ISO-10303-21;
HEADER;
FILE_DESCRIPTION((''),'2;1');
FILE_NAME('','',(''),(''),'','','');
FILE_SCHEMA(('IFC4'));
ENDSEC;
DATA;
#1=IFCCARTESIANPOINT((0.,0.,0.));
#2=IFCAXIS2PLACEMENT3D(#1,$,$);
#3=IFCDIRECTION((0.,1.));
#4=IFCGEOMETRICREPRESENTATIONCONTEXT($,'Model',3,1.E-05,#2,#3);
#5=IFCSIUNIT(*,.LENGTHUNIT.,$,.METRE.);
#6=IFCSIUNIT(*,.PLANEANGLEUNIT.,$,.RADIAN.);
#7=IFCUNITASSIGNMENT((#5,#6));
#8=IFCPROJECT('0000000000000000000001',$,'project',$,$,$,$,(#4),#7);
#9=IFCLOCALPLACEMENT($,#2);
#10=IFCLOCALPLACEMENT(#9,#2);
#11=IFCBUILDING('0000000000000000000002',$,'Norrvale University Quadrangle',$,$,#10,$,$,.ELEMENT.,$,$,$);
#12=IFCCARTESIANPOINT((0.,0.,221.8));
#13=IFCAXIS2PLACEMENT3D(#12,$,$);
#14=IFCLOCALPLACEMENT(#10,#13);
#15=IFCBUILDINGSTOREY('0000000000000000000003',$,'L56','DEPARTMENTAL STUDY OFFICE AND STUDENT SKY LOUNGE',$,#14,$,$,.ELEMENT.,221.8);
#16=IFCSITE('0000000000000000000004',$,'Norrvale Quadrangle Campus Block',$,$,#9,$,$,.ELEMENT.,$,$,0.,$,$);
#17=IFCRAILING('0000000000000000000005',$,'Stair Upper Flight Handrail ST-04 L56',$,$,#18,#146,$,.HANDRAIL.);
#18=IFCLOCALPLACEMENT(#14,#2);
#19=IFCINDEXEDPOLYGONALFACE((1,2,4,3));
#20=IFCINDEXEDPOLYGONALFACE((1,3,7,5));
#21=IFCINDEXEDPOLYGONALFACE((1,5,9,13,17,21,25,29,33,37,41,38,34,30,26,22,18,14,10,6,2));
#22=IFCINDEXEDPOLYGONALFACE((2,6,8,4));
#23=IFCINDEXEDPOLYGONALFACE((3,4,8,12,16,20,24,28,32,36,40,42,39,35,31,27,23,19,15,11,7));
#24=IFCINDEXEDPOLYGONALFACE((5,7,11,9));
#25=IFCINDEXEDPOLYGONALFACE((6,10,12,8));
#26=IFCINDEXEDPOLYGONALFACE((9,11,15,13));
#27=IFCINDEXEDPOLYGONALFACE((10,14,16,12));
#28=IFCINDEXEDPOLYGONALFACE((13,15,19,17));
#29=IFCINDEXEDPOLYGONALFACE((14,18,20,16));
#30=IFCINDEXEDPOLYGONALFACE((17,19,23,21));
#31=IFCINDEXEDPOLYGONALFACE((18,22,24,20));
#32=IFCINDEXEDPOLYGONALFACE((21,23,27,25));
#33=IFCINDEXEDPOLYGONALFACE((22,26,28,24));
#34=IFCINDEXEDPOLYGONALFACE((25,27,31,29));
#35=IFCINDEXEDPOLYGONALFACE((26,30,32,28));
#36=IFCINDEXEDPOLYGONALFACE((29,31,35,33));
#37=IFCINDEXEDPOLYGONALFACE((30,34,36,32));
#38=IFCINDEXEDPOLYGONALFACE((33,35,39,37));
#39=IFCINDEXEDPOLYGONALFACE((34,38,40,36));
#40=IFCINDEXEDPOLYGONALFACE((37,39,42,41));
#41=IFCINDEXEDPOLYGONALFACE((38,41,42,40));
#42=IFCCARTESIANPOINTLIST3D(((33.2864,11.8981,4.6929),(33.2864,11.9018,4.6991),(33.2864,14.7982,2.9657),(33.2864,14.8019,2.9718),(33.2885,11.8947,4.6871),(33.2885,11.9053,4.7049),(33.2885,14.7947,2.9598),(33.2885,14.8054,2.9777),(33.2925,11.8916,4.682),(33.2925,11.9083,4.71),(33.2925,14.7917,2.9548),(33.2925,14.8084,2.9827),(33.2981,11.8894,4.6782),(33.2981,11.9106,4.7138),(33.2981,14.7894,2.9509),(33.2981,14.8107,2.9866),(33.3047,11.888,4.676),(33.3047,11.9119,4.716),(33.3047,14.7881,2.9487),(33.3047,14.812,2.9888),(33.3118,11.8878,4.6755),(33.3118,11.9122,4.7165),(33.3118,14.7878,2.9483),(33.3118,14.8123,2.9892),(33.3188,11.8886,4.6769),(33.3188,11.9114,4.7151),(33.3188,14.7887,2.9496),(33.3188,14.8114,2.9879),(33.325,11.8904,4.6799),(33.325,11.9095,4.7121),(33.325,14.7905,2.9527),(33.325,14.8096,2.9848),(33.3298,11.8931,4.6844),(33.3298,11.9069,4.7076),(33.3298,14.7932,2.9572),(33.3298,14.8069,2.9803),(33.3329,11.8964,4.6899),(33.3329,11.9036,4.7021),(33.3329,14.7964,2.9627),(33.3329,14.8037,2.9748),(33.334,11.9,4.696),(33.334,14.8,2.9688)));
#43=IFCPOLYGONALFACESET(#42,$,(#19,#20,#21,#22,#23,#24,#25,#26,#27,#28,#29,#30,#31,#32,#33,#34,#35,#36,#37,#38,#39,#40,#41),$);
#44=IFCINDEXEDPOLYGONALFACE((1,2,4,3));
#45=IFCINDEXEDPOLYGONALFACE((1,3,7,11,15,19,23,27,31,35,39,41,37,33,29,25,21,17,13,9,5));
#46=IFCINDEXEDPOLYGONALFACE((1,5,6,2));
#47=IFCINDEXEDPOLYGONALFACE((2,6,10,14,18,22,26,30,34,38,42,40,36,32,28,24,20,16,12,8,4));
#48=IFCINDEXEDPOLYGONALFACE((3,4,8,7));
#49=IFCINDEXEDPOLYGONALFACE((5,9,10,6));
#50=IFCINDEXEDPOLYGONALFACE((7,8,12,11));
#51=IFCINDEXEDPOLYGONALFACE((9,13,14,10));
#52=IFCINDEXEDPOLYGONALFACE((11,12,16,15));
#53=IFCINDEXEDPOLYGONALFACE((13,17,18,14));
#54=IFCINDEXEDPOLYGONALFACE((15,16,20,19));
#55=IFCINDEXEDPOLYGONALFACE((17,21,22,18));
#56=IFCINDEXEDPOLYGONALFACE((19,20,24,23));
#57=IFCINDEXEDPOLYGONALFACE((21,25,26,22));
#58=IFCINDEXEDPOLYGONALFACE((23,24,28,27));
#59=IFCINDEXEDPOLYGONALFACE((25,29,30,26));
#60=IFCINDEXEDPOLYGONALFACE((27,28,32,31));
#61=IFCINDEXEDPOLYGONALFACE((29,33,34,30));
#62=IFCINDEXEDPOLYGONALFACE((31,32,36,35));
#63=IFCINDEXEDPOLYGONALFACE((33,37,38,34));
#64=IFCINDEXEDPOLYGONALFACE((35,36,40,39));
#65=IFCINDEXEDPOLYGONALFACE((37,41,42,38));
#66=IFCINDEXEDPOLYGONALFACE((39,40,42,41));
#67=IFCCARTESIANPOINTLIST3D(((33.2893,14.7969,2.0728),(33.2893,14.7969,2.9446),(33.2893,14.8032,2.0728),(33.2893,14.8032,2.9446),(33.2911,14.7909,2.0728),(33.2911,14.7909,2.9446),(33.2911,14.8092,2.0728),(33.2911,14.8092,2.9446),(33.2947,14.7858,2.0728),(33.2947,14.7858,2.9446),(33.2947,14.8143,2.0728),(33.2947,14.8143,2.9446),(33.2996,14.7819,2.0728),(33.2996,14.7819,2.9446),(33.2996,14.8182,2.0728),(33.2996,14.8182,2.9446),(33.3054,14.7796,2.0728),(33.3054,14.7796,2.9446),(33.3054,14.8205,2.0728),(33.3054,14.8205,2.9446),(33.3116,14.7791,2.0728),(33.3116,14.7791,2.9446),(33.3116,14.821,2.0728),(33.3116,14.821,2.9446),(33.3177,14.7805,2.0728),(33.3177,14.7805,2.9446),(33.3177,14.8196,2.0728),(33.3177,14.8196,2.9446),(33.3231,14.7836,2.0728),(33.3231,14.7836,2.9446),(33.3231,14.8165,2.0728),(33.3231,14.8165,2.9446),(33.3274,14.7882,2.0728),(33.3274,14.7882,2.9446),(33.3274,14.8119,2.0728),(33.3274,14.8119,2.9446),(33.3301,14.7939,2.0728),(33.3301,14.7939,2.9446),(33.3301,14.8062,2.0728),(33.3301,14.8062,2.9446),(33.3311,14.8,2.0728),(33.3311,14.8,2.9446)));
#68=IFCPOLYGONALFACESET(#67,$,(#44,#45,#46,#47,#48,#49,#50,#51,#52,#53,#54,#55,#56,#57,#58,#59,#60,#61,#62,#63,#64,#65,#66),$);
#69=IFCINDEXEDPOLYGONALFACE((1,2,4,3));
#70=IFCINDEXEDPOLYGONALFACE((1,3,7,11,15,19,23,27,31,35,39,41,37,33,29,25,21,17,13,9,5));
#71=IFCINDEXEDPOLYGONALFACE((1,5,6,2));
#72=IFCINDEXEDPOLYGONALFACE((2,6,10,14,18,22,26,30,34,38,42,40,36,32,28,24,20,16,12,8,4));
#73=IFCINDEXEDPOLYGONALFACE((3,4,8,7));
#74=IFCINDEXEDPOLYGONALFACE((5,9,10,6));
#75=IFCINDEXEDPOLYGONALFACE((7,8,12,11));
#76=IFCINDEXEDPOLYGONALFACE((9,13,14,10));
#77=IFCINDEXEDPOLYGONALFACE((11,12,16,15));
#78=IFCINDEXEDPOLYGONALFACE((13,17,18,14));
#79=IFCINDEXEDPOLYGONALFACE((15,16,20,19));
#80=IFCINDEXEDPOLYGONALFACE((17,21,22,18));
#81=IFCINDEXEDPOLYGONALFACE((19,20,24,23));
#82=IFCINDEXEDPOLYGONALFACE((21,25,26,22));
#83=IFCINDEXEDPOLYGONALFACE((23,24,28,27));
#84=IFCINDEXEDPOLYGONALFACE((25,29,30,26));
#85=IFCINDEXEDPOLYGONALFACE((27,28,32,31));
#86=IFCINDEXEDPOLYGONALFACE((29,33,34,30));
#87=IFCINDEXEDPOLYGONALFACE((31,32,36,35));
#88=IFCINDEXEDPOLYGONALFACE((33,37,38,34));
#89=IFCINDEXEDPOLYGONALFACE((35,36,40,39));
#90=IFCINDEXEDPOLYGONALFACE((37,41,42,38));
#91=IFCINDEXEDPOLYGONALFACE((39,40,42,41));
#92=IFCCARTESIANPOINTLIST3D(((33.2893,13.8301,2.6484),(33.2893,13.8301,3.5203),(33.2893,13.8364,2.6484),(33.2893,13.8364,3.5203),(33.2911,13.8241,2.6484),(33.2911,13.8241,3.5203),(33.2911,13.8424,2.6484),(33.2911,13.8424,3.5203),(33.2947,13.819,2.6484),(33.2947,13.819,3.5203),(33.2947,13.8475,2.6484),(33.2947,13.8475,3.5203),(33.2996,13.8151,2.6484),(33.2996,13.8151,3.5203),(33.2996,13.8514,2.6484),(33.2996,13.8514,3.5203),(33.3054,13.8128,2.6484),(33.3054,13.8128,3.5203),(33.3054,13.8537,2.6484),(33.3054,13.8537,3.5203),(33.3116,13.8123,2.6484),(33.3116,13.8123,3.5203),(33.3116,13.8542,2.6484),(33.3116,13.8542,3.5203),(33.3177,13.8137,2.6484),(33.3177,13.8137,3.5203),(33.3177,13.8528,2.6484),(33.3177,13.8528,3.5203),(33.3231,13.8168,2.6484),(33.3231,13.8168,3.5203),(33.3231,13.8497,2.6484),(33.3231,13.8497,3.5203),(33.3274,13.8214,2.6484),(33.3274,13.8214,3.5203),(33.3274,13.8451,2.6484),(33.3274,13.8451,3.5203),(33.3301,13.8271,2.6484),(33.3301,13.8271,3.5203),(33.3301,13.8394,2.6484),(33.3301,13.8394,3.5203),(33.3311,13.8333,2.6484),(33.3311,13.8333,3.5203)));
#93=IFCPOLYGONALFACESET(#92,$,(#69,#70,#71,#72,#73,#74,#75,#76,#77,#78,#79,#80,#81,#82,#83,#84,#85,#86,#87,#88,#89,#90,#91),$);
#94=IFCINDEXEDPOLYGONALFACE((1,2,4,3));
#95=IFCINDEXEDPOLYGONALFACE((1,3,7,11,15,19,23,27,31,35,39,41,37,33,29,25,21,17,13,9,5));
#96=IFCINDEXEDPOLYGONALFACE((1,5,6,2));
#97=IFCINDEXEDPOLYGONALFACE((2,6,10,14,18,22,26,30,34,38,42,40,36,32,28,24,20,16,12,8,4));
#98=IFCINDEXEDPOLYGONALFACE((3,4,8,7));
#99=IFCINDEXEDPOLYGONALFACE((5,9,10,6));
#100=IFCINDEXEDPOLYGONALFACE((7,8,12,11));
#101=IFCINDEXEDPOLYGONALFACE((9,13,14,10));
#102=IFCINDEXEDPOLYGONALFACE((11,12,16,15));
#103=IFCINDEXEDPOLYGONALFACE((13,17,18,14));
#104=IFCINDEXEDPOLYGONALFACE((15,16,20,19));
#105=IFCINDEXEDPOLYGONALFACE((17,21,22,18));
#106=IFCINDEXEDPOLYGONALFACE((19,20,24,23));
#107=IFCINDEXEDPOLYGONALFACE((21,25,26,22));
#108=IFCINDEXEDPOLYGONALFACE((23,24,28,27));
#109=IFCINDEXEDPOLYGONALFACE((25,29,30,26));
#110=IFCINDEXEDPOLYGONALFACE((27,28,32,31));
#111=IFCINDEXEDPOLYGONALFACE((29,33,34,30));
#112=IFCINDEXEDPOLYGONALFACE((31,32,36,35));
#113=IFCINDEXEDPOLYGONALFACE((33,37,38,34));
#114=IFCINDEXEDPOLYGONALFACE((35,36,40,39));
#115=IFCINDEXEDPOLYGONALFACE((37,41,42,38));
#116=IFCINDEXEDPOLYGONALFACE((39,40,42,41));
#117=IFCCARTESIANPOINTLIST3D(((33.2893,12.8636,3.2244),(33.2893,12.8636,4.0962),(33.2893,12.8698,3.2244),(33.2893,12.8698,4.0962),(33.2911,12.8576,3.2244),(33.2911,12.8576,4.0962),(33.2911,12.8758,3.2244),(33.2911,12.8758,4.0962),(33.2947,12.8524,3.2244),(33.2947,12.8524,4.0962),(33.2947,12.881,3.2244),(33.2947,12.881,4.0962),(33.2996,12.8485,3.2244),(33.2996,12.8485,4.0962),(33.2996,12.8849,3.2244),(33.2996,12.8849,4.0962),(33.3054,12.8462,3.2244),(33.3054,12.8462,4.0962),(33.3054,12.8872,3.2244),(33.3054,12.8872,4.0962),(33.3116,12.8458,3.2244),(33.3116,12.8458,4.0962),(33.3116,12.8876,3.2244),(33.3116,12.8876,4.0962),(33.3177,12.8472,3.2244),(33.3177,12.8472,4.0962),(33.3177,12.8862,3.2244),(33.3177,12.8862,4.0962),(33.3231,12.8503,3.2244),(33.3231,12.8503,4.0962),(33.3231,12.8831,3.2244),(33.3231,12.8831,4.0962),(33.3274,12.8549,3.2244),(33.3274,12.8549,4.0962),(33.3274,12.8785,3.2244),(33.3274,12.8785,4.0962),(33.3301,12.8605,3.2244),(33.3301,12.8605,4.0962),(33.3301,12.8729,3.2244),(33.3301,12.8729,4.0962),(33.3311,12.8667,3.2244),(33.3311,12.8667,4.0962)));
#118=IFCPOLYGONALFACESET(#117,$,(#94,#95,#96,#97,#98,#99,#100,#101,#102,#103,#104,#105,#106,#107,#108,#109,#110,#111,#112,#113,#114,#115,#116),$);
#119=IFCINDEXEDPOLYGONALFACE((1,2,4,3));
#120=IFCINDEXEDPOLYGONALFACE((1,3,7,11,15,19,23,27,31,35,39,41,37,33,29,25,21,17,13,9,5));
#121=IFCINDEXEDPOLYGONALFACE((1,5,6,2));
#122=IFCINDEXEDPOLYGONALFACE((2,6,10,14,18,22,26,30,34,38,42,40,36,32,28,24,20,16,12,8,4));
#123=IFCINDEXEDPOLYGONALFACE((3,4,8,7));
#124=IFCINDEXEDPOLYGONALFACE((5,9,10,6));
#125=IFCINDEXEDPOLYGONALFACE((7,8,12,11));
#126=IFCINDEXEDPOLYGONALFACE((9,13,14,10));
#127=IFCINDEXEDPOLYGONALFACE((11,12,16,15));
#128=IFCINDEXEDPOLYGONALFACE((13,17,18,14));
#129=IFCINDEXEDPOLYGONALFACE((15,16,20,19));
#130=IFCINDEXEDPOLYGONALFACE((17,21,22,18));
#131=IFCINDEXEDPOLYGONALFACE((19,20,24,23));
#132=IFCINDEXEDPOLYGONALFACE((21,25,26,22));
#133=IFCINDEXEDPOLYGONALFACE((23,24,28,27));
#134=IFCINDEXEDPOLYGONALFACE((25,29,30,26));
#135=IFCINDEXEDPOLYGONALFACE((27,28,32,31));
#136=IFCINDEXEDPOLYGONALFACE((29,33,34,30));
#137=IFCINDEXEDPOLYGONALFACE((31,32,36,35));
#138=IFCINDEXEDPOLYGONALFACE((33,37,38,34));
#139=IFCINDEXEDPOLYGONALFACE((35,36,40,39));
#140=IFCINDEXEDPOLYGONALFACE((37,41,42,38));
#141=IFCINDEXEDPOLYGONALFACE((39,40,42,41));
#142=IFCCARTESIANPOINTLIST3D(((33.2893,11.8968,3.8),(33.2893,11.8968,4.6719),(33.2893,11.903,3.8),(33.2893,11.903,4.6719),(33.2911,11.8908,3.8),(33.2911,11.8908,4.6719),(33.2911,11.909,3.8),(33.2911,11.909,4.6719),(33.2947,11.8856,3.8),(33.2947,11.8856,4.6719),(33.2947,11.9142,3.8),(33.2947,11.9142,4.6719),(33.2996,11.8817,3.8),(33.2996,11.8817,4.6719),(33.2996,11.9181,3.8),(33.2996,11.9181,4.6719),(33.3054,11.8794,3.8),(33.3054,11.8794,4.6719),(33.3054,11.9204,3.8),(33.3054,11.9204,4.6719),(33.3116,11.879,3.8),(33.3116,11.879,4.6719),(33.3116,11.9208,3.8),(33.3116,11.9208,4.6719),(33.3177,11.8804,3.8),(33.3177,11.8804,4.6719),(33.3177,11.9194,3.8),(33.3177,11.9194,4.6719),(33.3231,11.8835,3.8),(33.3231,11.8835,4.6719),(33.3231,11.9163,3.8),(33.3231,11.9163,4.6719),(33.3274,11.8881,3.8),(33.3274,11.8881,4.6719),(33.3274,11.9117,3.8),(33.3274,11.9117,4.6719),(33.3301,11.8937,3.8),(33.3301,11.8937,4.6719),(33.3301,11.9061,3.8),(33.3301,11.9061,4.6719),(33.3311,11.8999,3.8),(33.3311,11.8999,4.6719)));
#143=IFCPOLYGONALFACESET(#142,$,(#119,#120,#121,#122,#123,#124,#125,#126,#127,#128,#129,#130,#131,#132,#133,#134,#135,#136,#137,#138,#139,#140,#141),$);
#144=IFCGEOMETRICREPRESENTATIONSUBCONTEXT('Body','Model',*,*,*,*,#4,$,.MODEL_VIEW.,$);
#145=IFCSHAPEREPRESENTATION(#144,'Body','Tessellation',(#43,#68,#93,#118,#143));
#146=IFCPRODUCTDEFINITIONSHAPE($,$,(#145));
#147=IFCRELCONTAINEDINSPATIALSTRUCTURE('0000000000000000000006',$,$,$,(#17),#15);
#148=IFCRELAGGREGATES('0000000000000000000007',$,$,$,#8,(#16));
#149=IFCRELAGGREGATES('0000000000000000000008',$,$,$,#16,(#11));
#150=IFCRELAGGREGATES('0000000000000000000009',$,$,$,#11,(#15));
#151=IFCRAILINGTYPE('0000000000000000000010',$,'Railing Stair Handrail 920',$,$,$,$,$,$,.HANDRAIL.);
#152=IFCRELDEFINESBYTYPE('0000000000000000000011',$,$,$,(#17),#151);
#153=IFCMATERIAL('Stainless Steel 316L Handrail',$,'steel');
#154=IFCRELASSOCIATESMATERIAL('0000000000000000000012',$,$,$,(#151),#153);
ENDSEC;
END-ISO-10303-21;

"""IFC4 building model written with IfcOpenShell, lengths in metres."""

from ifc_helpers import new_model, si_unit, direction, frame, origin, origin_2d, place, context, subcontext, project, spatial, circle, extrude, material, type_object, element, save


model = new_model("IFC4")

# Units and contexts
model_context = context("Model", 3, precision=1e-05, world=origin(), true_north=direction((0.0, 1.0)))
body_context = subcontext(model_context, "Body", "Model", "MODEL_VIEW")
ifc_project = project(units=[si_unit("LENGTHUNIT", "METRE"), si_unit("PLANEANGLEUNIT", "RADIAN")], contexts=[model_context])

# Site, building, storey
site_placement = place(None, origin())
site = spatial("IfcSite", under=ifc_project, at=site_placement, Name="Norrvale Quadrangle Campus Block", CompositionType="ELEMENT", RefElevation=0.0)
building_placement = place(site_placement, origin())
building = spatial("IfcBuilding", under=site, at=building_placement, Name="Norrvale University Quadrangle", CompositionType="ELEMENT")
storey_placement = place(building_placement, frame((0.0, 0.0, 221.8)))
storey = spatial("IfcBuildingStorey", under=building, at=storey_placement, Name="L56", Description="DEPARTMENTAL STUDY OFFICE AND STUDENT SKY LOUNGE", CompositionType="ELEMENT", Elevation=221.8)

# Railing
ifc_material_1 = material(Name="Stainless Steel 316L Handrail", Category="steel")
railing_type_1 = type_object("IfcRailingType", Name="Railing Stair Handrail 920", PredefinedType="HANDRAIL", material=ifc_material_1)
railing_1_placement = place(storey_placement, frame((33.3101, 14.8, 2.0728)))
element("IfcRailing", 1, at=railing_1_placement, inside=storey, type_object=railing_type_1, Name="Stair Upper Flight Handrail ST-04 L56", PredefinedType="HANDRAIL", context=body_context, shape_type="SweptSolid", body=[
    extrude(circle(Radius=0.0239, at=origin_2d()), frame((0.0, 0.0, 0.896), z_axis=(0.0, -0.85916, 0.511706), x_axis=(1.0, 0.0, 0.0)), (0.0, 0.0, 1.0), 3.3755),
    extrude(circle(Radius=0.021, at=origin_2d()), origin(), (0.0, 0.0, 1.0), 0.8718),
    extrude(circle(Radius=0.021, at=origin_2d()), frame((0.0, -0.9668, 0.5757)), (0.0, 0.0, 1.0), 0.8718),
    extrude(circle(Radius=0.021, at=origin_2d()), frame((0.0, -1.9333, 1.1516)), (0.0, 0.0, 1.0), 0.8718),
    extrude(circle(Radius=0.021, at=origin_2d()), frame((0.0, -2.9001, 1.7273)), (0.0, 0.0, 1.0), 0.8718),
])

save(model, "model.ifc")
